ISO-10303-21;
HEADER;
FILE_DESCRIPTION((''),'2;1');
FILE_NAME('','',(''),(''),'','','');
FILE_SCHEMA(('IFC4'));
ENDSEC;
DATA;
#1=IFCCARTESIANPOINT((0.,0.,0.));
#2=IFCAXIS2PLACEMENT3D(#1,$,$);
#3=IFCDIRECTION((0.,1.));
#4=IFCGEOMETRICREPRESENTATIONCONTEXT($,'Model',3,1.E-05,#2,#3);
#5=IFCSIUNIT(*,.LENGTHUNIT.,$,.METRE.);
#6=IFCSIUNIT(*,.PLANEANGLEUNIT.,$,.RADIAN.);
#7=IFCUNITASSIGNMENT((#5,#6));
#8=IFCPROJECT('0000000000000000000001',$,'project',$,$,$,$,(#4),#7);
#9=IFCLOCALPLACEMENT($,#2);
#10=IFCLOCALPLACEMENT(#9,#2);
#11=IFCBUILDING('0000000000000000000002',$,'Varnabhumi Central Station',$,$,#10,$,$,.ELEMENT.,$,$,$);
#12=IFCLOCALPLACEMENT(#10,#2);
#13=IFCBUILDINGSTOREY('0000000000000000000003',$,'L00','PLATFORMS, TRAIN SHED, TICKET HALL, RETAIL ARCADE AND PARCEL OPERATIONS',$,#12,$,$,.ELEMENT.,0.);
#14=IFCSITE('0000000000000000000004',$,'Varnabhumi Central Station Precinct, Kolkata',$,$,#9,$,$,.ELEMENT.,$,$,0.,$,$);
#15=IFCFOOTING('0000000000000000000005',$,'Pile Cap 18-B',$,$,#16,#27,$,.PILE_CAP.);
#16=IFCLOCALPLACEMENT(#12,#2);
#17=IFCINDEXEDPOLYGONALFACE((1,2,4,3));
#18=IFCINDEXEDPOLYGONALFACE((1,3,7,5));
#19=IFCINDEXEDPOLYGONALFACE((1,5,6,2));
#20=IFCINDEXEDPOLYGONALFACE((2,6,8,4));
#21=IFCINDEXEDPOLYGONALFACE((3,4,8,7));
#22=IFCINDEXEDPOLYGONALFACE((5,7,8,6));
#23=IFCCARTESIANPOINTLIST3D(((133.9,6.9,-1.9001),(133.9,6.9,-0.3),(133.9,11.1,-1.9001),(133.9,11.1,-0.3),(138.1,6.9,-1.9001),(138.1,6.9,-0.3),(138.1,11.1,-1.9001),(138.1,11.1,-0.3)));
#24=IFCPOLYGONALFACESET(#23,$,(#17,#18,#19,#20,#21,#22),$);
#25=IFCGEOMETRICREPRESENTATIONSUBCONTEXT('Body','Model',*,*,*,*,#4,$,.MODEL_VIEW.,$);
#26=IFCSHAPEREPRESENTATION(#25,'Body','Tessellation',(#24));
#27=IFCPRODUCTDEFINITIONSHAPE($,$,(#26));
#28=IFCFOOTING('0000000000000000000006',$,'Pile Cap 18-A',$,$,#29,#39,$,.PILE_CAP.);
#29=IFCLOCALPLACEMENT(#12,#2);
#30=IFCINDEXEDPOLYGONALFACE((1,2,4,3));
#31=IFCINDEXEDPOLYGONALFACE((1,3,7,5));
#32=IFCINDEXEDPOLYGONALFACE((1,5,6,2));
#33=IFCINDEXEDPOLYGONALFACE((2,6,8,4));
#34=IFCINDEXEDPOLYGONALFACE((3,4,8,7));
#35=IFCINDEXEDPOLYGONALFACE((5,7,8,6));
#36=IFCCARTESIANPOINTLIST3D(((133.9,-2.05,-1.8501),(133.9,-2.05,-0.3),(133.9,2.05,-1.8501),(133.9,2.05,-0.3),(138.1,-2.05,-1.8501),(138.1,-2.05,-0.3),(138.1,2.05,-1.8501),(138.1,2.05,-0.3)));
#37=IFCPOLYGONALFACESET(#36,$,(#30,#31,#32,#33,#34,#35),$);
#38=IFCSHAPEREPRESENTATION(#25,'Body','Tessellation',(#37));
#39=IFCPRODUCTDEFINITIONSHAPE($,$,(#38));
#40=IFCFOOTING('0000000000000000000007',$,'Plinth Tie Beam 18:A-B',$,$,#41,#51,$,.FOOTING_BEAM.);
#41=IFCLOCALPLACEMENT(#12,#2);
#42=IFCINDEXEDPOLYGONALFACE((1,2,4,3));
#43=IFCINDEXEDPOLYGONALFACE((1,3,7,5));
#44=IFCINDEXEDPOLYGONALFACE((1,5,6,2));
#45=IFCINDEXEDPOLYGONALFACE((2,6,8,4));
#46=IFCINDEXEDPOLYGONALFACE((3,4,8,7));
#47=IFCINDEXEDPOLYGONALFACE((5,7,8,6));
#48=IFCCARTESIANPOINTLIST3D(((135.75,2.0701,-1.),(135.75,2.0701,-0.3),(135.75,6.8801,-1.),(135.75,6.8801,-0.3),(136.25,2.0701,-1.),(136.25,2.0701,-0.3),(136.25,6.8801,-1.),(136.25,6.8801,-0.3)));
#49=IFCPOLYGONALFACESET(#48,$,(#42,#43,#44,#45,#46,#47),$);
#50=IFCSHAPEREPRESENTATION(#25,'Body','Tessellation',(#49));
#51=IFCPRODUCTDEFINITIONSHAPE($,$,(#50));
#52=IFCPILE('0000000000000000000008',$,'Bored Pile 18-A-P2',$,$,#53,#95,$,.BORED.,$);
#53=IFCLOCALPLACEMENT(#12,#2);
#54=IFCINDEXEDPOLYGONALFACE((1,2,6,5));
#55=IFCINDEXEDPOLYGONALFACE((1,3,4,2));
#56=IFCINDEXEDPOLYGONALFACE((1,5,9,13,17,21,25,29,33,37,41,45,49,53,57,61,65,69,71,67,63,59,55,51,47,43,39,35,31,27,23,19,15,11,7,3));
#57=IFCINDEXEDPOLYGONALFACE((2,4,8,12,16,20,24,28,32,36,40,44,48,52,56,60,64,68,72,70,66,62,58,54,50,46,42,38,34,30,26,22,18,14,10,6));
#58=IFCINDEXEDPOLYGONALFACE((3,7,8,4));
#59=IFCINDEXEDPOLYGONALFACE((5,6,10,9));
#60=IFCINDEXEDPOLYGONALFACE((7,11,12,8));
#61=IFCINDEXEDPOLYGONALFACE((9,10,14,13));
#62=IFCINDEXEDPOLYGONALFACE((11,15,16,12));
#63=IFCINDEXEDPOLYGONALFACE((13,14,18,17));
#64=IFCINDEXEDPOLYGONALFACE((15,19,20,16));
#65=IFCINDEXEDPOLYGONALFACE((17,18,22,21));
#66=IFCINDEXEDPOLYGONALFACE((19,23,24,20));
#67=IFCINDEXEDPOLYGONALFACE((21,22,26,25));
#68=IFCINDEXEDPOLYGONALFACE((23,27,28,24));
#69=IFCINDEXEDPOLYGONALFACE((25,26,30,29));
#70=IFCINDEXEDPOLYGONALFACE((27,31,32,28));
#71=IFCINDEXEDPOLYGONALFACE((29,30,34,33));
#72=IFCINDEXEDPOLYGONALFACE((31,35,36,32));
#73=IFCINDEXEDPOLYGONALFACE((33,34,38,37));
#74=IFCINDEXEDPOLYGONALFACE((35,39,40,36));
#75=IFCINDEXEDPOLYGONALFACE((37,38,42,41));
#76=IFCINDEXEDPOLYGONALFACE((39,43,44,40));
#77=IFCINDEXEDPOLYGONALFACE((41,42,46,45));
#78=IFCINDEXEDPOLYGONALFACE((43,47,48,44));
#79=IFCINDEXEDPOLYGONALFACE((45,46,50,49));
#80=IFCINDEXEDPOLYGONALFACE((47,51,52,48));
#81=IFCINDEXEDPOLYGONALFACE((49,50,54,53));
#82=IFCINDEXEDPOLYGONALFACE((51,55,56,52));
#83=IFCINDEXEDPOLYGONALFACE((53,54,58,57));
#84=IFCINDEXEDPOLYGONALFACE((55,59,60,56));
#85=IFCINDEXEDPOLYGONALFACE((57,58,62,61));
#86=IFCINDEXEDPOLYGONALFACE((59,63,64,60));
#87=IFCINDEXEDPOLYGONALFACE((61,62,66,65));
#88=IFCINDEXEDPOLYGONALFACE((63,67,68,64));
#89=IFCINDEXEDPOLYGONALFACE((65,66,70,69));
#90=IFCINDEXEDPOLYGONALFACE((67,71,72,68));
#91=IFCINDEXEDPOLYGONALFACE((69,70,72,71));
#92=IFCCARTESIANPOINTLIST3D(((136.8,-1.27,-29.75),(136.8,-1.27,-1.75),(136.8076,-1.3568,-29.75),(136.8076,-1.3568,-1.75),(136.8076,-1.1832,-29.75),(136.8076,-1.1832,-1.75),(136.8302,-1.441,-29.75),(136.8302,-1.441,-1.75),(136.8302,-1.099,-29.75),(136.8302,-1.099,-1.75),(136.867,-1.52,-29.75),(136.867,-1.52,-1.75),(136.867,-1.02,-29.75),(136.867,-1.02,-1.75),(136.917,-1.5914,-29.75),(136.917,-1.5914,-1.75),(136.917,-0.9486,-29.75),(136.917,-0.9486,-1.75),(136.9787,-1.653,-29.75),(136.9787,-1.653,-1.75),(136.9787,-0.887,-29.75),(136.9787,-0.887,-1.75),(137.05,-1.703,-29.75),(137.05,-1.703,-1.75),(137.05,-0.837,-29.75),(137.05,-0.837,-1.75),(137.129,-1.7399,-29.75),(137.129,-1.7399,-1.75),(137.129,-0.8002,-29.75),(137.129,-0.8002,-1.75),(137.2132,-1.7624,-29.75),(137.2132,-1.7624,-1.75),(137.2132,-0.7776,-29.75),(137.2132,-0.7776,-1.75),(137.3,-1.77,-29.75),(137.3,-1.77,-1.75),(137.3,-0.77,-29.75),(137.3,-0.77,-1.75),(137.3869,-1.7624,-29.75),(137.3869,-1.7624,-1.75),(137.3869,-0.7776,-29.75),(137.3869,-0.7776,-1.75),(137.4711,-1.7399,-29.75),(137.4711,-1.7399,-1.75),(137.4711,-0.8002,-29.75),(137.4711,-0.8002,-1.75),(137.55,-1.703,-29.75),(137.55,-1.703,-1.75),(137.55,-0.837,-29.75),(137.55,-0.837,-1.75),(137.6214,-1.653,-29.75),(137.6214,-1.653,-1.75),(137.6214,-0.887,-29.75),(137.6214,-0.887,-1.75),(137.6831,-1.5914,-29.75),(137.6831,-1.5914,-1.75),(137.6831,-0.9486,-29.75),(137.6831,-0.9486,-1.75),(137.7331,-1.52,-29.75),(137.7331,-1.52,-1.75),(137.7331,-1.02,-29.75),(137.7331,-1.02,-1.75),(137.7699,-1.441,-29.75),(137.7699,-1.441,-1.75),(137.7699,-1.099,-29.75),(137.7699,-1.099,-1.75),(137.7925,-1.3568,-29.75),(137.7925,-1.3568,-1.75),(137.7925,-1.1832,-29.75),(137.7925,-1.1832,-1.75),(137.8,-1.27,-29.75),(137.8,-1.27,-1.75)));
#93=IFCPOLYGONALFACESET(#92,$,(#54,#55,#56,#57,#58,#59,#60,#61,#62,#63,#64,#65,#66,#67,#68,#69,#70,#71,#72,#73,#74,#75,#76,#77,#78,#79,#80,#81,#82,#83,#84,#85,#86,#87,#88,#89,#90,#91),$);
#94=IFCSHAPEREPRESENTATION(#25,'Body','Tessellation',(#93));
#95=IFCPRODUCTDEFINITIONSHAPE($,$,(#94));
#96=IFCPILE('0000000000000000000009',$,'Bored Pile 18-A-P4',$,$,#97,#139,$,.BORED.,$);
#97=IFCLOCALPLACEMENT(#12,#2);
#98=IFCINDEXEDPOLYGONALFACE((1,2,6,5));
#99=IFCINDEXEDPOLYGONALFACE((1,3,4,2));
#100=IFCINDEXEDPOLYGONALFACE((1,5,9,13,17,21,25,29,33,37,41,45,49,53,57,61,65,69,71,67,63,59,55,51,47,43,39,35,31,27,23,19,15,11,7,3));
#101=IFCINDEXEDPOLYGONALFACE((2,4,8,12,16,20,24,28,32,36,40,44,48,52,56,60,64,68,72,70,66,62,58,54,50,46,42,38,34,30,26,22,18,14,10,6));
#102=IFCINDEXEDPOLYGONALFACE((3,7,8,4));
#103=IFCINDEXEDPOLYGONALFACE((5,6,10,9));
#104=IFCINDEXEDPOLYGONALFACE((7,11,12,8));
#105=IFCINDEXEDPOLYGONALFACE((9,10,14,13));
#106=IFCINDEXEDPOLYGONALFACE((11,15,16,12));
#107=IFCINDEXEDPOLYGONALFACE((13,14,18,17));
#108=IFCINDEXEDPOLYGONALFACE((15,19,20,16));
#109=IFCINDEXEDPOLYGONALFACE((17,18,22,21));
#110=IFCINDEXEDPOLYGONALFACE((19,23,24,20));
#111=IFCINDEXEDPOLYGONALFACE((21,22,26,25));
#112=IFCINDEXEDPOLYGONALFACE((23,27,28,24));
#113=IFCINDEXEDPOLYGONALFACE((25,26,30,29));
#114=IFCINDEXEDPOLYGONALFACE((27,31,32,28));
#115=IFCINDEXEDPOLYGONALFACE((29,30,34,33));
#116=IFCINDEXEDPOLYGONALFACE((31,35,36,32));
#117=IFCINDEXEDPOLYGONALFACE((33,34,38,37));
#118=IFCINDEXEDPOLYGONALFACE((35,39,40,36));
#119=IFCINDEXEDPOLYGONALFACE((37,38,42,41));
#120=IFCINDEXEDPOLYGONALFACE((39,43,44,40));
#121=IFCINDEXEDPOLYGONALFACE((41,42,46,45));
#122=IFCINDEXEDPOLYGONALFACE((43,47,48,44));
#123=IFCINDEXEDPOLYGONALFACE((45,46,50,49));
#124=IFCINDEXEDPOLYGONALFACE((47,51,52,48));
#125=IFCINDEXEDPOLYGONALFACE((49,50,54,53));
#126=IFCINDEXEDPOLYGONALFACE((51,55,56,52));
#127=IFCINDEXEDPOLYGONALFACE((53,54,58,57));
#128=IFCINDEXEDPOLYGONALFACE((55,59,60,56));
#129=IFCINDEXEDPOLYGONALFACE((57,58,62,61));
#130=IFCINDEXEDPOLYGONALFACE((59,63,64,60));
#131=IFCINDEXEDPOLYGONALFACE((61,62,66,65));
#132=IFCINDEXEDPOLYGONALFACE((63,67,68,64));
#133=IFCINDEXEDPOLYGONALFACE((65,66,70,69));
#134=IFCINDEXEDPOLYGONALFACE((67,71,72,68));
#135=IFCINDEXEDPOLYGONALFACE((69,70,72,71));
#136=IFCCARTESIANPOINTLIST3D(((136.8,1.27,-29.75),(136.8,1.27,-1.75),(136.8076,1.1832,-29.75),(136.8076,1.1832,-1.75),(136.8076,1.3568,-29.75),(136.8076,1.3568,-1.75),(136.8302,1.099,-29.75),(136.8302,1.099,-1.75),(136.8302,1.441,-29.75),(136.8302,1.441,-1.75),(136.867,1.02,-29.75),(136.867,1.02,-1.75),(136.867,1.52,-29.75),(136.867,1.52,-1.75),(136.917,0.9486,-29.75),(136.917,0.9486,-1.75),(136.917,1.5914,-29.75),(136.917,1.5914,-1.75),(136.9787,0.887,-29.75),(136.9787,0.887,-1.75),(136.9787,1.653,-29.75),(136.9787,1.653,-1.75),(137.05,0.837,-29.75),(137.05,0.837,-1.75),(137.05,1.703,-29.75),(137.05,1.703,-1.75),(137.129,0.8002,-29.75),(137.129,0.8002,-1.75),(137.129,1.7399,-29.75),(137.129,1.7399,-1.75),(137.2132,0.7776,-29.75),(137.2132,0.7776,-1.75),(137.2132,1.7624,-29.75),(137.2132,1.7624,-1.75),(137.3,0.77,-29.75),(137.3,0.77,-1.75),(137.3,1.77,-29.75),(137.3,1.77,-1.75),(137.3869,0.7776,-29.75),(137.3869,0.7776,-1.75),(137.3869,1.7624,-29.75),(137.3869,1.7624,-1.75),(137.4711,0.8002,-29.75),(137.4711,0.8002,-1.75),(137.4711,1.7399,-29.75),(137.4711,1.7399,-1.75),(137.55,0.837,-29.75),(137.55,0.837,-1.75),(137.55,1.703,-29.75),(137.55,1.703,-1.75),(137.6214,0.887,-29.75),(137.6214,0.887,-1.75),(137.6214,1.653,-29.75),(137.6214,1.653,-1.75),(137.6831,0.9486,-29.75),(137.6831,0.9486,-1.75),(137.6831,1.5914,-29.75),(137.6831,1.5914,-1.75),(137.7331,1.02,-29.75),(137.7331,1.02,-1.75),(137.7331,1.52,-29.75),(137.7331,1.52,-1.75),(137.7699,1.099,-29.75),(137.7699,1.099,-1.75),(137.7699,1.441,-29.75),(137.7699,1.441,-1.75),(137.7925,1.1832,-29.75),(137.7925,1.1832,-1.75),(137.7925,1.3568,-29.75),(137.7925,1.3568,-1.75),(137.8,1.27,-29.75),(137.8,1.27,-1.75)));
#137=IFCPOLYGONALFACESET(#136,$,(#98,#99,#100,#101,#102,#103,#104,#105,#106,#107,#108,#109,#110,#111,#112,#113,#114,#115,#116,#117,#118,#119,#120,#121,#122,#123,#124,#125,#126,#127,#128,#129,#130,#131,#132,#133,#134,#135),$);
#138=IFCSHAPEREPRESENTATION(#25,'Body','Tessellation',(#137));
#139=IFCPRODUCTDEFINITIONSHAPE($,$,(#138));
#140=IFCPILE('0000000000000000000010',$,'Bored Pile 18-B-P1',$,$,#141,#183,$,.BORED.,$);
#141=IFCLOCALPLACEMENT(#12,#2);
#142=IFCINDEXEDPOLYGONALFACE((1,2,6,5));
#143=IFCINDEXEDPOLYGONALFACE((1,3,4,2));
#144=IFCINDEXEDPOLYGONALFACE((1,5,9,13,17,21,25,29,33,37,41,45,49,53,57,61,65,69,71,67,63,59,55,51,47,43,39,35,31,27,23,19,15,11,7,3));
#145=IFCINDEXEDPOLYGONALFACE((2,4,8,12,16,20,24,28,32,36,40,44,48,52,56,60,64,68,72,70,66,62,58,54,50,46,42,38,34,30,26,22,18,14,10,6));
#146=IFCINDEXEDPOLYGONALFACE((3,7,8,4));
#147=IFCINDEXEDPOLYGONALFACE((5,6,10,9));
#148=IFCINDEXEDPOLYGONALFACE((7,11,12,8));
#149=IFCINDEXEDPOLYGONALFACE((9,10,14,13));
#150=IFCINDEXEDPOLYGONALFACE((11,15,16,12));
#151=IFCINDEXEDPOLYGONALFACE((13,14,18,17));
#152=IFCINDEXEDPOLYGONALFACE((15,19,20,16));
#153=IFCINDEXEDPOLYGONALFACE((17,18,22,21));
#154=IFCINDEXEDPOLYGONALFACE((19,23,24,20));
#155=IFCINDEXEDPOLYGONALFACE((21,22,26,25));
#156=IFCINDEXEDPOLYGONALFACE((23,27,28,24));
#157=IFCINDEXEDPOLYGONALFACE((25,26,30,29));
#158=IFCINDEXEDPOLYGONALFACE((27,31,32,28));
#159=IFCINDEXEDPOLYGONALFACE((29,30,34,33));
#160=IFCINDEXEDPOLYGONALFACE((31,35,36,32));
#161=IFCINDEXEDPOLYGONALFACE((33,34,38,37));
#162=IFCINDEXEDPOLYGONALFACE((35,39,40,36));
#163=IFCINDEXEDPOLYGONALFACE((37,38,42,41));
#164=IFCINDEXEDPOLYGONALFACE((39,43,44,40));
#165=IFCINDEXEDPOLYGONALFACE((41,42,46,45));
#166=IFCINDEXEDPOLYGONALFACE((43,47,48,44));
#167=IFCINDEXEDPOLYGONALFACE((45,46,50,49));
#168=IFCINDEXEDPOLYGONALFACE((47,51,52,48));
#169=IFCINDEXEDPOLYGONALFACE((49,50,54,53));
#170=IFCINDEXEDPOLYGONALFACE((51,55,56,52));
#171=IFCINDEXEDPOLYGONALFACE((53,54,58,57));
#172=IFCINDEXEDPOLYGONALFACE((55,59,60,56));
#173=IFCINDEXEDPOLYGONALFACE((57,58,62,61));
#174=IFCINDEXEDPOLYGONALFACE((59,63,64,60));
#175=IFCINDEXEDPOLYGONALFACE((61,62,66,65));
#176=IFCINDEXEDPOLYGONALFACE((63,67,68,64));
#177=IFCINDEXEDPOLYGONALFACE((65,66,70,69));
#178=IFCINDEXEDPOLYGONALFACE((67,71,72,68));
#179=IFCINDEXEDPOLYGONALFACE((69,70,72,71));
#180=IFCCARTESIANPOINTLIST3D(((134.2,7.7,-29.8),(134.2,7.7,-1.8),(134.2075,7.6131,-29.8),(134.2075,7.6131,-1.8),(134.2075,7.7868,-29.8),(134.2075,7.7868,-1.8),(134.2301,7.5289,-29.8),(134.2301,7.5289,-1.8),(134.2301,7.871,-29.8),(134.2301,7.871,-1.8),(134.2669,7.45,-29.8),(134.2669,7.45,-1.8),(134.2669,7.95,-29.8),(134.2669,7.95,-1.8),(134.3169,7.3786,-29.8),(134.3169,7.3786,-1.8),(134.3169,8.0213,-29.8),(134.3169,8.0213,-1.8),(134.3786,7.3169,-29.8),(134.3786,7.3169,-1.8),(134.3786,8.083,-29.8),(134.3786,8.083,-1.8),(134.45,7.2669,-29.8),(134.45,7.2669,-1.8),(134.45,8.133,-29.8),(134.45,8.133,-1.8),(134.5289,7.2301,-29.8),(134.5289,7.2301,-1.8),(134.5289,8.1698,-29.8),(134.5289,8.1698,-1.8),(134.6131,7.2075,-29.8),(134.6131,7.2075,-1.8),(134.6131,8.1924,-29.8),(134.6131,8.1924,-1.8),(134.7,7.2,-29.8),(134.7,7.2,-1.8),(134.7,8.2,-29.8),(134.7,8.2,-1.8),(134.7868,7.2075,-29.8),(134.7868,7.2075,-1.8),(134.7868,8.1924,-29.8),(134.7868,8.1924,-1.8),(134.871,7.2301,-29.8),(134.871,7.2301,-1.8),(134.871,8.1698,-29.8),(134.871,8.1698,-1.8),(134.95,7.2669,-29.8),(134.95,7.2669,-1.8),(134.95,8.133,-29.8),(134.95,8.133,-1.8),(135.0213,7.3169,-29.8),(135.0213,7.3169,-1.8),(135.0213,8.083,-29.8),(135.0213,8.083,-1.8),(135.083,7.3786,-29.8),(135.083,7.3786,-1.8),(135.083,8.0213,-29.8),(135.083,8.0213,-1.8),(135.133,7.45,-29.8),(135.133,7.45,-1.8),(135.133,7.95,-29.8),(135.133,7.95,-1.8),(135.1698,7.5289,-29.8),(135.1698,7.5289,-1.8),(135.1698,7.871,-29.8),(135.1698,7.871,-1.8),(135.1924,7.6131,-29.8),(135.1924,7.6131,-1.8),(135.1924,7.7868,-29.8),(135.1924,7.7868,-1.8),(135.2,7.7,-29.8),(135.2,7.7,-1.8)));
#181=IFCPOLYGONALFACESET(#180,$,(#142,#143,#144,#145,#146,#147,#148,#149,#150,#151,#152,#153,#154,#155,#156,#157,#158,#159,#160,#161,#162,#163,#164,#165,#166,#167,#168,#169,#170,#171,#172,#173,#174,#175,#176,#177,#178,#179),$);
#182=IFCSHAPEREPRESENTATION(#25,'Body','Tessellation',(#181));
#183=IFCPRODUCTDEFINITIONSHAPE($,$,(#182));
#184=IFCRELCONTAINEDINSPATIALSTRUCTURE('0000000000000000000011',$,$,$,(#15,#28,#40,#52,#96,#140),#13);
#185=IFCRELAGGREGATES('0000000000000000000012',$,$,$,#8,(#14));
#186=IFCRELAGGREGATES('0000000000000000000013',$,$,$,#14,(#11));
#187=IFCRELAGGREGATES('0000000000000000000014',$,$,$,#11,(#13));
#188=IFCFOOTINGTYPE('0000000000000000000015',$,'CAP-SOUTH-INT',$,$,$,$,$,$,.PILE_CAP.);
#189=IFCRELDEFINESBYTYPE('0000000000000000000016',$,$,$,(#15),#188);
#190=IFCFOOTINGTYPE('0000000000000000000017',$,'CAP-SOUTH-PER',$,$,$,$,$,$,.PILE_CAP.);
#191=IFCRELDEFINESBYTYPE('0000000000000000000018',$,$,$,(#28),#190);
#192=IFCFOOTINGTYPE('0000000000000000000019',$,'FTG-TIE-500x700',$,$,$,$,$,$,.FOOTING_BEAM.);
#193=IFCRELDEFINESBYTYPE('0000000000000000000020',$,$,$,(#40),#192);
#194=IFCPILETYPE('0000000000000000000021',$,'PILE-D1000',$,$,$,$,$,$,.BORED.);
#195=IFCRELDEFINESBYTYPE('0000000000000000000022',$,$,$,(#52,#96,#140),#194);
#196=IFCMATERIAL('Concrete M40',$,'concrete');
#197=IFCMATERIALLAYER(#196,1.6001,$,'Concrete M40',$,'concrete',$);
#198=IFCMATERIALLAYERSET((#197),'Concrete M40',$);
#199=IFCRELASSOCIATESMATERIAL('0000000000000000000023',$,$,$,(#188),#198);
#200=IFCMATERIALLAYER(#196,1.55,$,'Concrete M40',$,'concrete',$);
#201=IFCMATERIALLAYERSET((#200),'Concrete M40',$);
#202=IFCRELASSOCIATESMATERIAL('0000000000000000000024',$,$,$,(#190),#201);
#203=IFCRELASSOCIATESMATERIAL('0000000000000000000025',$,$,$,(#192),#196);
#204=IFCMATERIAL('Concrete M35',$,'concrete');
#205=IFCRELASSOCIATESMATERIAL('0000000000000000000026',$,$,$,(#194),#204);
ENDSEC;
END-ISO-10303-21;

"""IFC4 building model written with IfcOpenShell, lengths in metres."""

from ifc_helpers import new_model, si_unit, direction, frame, origin, origin_2d, place, context, subcontext, project, spatial, rectangle, circle, extrude, material, layer, layer_set, material_profile, profile_set, type_object, element, save


model = new_model("IFC4")

# Units and contexts
model_context = context("Model", 3, precision=1e-05, world=origin(), true_north=direction((0.0, 1.0)))
body_context = subcontext(model_context, "Body", "Model", "MODEL_VIEW")
ifc_project = project(units=[si_unit("LENGTHUNIT", "METRE"), si_unit("PLANEANGLEUNIT", "RADIAN")], contexts=[model_context])

# Site, building, storey
site_placement = place(None, origin())
site = spatial("IfcSite", under=ifc_project, at=site_placement, Name="Varnabhumi Central Station Precinct, Kolkata", CompositionType="ELEMENT", RefElevation=0.0)
building_placement = place(site_placement, origin())
building = spatial("IfcBuilding", under=site, at=building_placement, Name="Varnabhumi Central Station", CompositionType="ELEMENT")
storey_placement = place(building_placement, origin())
storey = spatial("IfcBuildingStorey", under=building, at=storey_placement, Name="L00", Description="PLATFORMS, TRAIN SHED, TICKET HALL, RETAIL ARCADE AND PARCEL OPERATIONS", CompositionType="ELEMENT", Elevation=0.0)

# Footings
ifc_material_1 = material(Name="Concrete M40", Category="concrete")
ifc_layer_1 = layer(ifc_material_1, 1.6001, Name="Concrete M40", Category="concrete")
ifc_layer_set_1 = layer_set([ifc_layer_1], Name="Concrete M40")
footing_type_1 = type_object("IfcFootingType", Name="CAP-SOUTH-INT", PredefinedType="PILE_CAP", material=ifc_layer_set_1)
footing_1_placement = place(storey_placement, frame((136.0, 9.0, -1.9001), z_axis=(0.0, 0.0, 1.0), x_axis=(1.0, 0.0, 0.0)))
element("IfcFooting", 1, at=footing_1_placement, inside=storey, type_object=footing_type_1, Name="Pile Cap 18-B", PredefinedType="PILE_CAP", context=body_context, shape_type="SweptSolid", body=[
    extrude(rectangle(XDim=4.2, YDim=4.2, at=origin_2d()), origin(), (0.0, 0.0, 1.0), 1.6001),
])
ifc_layer_2 = layer(ifc_material_1, 1.55, Name="Concrete M40", Category="concrete")
ifc_layer_set_2 = layer_set([ifc_layer_2], Name="Concrete M40")
footing_type_2 = type_object("IfcFootingType", Name="CAP-SOUTH-PER", PredefinedType="PILE_CAP", material=ifc_layer_set_2)
footing_2_placement = place(storey_placement, frame((136.0, 0.0, -1.8501), z_axis=(0.0, 0.0, 1.0), x_axis=(1.0, 0.0, 0.0)))
element("IfcFooting", 2, at=footing_2_placement, inside=storey, type_object=footing_type_2, Name="Pile Cap 18-A", PredefinedType="PILE_CAP", context=body_context, shape_type="SweptSolid", body=[
    extrude(rectangle(XDim=4.2, YDim=4.1001, at=origin_2d()), origin(), (0.0, 0.0, 1.0), 1.55),
])
footing_type_3 = type_object("IfcFootingType", Name="FTG-TIE-500x700", PredefinedType="FOOTING_BEAM", material=ifc_material_1)
footing_3_placement = place(storey_placement, frame((136.0, 4.4751, -1.0), z_axis=(0.0, 0.0, 1.0), x_axis=(1.0, 0.0, 0.0)))
element("IfcFooting", 3, at=footing_3_placement, inside=storey, type_object=footing_type_3, Name="Plinth Tie Beam 18:A-B", PredefinedType="FOOTING_BEAM", context=body_context, shape_type="SweptSolid", body=[
    extrude(rectangle(XDim=0.5, YDim=4.8101, at=origin_2d()), origin(), (0.0, 0.0, 1.0), 0.7),
])

# Piles
ifc_material_2 = material(Name="Concrete M35", Category="concrete")
ifc_material_profile_1 = material_profile(ifc_material_2, circle(Radius=0.5, at=origin_2d()), Name="Concrete M35", Category="concrete")
ifc_profile_set_1 = profile_set([ifc_material_profile_1], Name="Concrete M35")
pile_type = type_object("IfcPileType", Name="PILE-D1000", PredefinedType="BORED", material=ifc_profile_set_1)
for number, where, z_axis, x_axis, name in (
    (4, (137.3, -1.27, -1.75), (0.0, 0.0, -1.0), (1.0, 0.0, 0.0), "Bored Pile 18-A-P2"),
    (5, (137.3, 1.27, -1.75), (0.0, 0.0, -1.0), (1.0, 0.0, 0.0), "Bored Pile 18-A-P4"),
    (6, (134.7, 7.7, -1.8), (0.0, 0.0, -1.0), (1.0, 0.0, 0.0), "Bored Pile 18-B-P1"),
):
    element("IfcPile", number, at=place(storey_placement, frame(where, z_axis=z_axis, x_axis=x_axis)), inside=storey, type_object=pile_type, Name=name, PredefinedType="BORED", context=body_context, shape_type="SweptSolid", body=[
        extrude(circle(Radius=0.5, at=origin_2d()), origin(), (0.0, 0.0, 1.0), 28.0),
    ])

save(model, "model.ifc")
